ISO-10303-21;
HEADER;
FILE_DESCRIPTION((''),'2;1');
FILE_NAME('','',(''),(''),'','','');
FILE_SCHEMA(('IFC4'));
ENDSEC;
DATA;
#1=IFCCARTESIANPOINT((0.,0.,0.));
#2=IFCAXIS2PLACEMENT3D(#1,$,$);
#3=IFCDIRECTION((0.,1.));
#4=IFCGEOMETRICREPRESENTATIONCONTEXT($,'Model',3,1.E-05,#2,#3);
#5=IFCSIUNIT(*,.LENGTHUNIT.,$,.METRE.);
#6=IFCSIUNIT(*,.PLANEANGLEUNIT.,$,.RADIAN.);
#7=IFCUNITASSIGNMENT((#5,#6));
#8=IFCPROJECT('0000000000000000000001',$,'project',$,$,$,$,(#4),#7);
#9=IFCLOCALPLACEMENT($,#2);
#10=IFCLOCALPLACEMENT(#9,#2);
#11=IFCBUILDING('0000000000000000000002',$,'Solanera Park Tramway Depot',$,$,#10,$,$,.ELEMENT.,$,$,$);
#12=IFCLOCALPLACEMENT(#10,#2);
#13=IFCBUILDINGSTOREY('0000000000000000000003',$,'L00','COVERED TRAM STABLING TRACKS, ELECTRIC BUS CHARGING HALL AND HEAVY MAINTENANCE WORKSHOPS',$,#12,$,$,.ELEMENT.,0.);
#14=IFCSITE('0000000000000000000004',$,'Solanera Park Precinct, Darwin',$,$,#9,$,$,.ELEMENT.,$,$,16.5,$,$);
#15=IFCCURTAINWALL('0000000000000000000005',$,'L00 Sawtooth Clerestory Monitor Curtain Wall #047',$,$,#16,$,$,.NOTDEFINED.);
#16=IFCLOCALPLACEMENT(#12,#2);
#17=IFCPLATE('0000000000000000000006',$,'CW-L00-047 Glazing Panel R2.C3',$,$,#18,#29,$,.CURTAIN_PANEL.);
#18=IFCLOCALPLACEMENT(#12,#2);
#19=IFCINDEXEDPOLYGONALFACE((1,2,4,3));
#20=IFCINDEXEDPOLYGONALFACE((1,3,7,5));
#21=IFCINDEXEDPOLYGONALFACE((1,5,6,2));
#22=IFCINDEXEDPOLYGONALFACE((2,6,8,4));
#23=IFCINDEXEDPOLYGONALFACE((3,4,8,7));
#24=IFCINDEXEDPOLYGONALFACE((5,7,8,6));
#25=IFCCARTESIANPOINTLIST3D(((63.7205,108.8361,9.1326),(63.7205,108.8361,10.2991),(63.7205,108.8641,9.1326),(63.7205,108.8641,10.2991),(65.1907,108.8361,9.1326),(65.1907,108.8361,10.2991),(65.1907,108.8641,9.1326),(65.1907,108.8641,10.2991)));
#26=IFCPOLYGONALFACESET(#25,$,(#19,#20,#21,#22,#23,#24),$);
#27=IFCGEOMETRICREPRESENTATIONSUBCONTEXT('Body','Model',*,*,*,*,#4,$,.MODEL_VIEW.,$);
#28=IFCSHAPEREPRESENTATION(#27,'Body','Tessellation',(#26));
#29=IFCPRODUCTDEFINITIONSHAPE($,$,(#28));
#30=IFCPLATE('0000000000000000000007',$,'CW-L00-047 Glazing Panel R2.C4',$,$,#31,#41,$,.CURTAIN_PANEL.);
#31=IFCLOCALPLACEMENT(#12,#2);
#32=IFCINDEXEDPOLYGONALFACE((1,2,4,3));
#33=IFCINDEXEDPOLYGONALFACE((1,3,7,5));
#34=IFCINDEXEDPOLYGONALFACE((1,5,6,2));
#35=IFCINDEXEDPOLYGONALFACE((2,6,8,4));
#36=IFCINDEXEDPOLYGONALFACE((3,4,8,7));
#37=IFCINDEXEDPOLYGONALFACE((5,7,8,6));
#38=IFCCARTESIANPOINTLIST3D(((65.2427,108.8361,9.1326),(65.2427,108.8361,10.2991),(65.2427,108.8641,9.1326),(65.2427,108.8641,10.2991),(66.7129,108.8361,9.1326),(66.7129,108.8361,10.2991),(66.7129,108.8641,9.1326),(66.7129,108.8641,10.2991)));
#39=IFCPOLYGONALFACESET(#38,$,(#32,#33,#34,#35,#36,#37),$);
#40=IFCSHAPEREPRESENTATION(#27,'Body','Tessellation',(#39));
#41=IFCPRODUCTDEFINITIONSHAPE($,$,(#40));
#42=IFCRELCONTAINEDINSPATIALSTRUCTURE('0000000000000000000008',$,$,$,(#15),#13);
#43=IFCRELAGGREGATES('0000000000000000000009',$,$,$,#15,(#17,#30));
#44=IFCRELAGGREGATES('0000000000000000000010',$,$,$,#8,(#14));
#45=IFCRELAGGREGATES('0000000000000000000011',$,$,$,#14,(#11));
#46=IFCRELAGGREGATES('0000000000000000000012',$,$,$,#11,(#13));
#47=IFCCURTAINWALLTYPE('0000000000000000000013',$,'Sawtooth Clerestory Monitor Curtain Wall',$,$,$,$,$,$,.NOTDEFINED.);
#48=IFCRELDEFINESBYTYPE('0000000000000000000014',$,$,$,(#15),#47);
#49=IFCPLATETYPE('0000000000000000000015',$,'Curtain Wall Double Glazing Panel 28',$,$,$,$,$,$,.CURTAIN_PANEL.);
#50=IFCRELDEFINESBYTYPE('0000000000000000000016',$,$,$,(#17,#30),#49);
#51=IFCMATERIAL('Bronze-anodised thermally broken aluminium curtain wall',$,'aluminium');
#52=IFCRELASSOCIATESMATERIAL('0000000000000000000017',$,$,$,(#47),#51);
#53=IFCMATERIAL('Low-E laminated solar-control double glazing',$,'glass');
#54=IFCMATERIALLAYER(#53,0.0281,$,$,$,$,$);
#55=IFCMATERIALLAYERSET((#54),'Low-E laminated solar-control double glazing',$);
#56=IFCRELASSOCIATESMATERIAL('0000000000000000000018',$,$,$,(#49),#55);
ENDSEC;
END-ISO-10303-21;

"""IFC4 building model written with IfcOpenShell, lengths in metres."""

from ifc_helpers import new_model, si_unit, direction, frame, origin, origin_2d, place, context, subcontext, project, spatial, rectangle, extrude, material, layer, layer_set, type_object, element, aggregate, save


model = new_model("IFC4")

# Units and contexts
model_context = context("Model", 3, precision=1e-05, world=origin(), true_north=direction((0.0, 1.0)))
body_context = subcontext(model_context, "Body", "Model", "MODEL_VIEW")
ifc_project = project(units=[si_unit("LENGTHUNIT", "METRE"), si_unit("PLANEANGLEUNIT", "RADIAN")], contexts=[model_context])

# Site, building, storey
site_placement = place(None, origin())
site = spatial("IfcSite", under=ifc_project, at=site_placement, Name="Solanera Park Precinct, Darwin", CompositionType="ELEMENT", RefElevation=16.5)
building_placement = place(site_placement, origin())
building = spatial("IfcBuilding", under=site, at=building_placement, Name="Solanera Park Tramway Depot", CompositionType="ELEMENT")
storey_placement = place(building_placement, origin())
storey = spatial("IfcBuildingStorey", under=building, at=storey_placement, Name="L00", Description="COVERED TRAM STABLING TRACKS, ELECTRIC BUS CHARGING HALL AND HEAVY MAINTENANCE WORKSHOPS", CompositionType="ELEMENT", Elevation=0.0)

# Curtain wall
ifc_material_1 = material(Name="Bronze-anodised thermally broken aluminium curtain wall", Category="aluminium")
curtain_wall_type = type_object("IfcCurtainWallType", Name="Sawtooth Clerestory Monitor Curtain Wall", PredefinedType="NOTDEFINED", material=ifc_material_1)
curtain_wall_1_placement = place(storey_placement, origin())
curtain_wall_1 = element("IfcCurtainWall", 1, at=curtain_wall_1_placement, inside=storey, type_object=curtain_wall_type, Name="L00 Sawtooth Clerestory Monitor Curtain Wall #047", PredefinedType="NOTDEFINED")

# Plates
ifc_material_2 = material(Name="Low-E laminated solar-control double glazing", Category="glass")
ifc_layer = layer(ifc_material_2, 0.0281)
ifc_layer_set = layer_set([ifc_layer], Name="Low-E laminated solar-control double glazing")
plate_type = type_object("IfcPlateType", Name="Curtain Wall Double Glazing Panel 28", PredefinedType="CURTAIN_PANEL", material=ifc_layer_set)
plate_1_placement = place(storey_placement, frame((64.4556, 108.8501, 9.1326), z_axis=(0.0, 0.0, 1.0), x_axis=(1.0, 0.0, 0.0)))
plate_1 = element("IfcPlate", 2, at=plate_1_placement, type_object=plate_type, Name="CW-L00-047 Glazing Panel R2.C3", PredefinedType="CURTAIN_PANEL", context=body_context, shape_type="SweptSolid", body=[
    extrude(rectangle(XDim=1.4702, YDim=0.0281, at=origin_2d()), origin(), (0.0, 0.0, 1.0), 1.1665),
])
plate_2_placement = place(storey_placement, frame((65.9778, 108.8501, 9.1326), z_axis=(0.0, 0.0, 1.0), x_axis=(1.0, 0.0, 0.0)))
plate_2 = element("IfcPlate", 3, at=plate_2_placement, type_object=plate_type, Name="CW-L00-047 Glazing Panel R2.C4", PredefinedType="CURTAIN_PANEL", context=body_context, shape_type="SweptSolid", body=[
    extrude(rectangle(XDim=1.4702, YDim=0.0281, at=origin_2d()), origin(), (0.0, 0.0, 1.0), 1.1665),
])
aggregate(curtain_wall_1, [plate_1, plate_2])

save(model, "model.ifc")
